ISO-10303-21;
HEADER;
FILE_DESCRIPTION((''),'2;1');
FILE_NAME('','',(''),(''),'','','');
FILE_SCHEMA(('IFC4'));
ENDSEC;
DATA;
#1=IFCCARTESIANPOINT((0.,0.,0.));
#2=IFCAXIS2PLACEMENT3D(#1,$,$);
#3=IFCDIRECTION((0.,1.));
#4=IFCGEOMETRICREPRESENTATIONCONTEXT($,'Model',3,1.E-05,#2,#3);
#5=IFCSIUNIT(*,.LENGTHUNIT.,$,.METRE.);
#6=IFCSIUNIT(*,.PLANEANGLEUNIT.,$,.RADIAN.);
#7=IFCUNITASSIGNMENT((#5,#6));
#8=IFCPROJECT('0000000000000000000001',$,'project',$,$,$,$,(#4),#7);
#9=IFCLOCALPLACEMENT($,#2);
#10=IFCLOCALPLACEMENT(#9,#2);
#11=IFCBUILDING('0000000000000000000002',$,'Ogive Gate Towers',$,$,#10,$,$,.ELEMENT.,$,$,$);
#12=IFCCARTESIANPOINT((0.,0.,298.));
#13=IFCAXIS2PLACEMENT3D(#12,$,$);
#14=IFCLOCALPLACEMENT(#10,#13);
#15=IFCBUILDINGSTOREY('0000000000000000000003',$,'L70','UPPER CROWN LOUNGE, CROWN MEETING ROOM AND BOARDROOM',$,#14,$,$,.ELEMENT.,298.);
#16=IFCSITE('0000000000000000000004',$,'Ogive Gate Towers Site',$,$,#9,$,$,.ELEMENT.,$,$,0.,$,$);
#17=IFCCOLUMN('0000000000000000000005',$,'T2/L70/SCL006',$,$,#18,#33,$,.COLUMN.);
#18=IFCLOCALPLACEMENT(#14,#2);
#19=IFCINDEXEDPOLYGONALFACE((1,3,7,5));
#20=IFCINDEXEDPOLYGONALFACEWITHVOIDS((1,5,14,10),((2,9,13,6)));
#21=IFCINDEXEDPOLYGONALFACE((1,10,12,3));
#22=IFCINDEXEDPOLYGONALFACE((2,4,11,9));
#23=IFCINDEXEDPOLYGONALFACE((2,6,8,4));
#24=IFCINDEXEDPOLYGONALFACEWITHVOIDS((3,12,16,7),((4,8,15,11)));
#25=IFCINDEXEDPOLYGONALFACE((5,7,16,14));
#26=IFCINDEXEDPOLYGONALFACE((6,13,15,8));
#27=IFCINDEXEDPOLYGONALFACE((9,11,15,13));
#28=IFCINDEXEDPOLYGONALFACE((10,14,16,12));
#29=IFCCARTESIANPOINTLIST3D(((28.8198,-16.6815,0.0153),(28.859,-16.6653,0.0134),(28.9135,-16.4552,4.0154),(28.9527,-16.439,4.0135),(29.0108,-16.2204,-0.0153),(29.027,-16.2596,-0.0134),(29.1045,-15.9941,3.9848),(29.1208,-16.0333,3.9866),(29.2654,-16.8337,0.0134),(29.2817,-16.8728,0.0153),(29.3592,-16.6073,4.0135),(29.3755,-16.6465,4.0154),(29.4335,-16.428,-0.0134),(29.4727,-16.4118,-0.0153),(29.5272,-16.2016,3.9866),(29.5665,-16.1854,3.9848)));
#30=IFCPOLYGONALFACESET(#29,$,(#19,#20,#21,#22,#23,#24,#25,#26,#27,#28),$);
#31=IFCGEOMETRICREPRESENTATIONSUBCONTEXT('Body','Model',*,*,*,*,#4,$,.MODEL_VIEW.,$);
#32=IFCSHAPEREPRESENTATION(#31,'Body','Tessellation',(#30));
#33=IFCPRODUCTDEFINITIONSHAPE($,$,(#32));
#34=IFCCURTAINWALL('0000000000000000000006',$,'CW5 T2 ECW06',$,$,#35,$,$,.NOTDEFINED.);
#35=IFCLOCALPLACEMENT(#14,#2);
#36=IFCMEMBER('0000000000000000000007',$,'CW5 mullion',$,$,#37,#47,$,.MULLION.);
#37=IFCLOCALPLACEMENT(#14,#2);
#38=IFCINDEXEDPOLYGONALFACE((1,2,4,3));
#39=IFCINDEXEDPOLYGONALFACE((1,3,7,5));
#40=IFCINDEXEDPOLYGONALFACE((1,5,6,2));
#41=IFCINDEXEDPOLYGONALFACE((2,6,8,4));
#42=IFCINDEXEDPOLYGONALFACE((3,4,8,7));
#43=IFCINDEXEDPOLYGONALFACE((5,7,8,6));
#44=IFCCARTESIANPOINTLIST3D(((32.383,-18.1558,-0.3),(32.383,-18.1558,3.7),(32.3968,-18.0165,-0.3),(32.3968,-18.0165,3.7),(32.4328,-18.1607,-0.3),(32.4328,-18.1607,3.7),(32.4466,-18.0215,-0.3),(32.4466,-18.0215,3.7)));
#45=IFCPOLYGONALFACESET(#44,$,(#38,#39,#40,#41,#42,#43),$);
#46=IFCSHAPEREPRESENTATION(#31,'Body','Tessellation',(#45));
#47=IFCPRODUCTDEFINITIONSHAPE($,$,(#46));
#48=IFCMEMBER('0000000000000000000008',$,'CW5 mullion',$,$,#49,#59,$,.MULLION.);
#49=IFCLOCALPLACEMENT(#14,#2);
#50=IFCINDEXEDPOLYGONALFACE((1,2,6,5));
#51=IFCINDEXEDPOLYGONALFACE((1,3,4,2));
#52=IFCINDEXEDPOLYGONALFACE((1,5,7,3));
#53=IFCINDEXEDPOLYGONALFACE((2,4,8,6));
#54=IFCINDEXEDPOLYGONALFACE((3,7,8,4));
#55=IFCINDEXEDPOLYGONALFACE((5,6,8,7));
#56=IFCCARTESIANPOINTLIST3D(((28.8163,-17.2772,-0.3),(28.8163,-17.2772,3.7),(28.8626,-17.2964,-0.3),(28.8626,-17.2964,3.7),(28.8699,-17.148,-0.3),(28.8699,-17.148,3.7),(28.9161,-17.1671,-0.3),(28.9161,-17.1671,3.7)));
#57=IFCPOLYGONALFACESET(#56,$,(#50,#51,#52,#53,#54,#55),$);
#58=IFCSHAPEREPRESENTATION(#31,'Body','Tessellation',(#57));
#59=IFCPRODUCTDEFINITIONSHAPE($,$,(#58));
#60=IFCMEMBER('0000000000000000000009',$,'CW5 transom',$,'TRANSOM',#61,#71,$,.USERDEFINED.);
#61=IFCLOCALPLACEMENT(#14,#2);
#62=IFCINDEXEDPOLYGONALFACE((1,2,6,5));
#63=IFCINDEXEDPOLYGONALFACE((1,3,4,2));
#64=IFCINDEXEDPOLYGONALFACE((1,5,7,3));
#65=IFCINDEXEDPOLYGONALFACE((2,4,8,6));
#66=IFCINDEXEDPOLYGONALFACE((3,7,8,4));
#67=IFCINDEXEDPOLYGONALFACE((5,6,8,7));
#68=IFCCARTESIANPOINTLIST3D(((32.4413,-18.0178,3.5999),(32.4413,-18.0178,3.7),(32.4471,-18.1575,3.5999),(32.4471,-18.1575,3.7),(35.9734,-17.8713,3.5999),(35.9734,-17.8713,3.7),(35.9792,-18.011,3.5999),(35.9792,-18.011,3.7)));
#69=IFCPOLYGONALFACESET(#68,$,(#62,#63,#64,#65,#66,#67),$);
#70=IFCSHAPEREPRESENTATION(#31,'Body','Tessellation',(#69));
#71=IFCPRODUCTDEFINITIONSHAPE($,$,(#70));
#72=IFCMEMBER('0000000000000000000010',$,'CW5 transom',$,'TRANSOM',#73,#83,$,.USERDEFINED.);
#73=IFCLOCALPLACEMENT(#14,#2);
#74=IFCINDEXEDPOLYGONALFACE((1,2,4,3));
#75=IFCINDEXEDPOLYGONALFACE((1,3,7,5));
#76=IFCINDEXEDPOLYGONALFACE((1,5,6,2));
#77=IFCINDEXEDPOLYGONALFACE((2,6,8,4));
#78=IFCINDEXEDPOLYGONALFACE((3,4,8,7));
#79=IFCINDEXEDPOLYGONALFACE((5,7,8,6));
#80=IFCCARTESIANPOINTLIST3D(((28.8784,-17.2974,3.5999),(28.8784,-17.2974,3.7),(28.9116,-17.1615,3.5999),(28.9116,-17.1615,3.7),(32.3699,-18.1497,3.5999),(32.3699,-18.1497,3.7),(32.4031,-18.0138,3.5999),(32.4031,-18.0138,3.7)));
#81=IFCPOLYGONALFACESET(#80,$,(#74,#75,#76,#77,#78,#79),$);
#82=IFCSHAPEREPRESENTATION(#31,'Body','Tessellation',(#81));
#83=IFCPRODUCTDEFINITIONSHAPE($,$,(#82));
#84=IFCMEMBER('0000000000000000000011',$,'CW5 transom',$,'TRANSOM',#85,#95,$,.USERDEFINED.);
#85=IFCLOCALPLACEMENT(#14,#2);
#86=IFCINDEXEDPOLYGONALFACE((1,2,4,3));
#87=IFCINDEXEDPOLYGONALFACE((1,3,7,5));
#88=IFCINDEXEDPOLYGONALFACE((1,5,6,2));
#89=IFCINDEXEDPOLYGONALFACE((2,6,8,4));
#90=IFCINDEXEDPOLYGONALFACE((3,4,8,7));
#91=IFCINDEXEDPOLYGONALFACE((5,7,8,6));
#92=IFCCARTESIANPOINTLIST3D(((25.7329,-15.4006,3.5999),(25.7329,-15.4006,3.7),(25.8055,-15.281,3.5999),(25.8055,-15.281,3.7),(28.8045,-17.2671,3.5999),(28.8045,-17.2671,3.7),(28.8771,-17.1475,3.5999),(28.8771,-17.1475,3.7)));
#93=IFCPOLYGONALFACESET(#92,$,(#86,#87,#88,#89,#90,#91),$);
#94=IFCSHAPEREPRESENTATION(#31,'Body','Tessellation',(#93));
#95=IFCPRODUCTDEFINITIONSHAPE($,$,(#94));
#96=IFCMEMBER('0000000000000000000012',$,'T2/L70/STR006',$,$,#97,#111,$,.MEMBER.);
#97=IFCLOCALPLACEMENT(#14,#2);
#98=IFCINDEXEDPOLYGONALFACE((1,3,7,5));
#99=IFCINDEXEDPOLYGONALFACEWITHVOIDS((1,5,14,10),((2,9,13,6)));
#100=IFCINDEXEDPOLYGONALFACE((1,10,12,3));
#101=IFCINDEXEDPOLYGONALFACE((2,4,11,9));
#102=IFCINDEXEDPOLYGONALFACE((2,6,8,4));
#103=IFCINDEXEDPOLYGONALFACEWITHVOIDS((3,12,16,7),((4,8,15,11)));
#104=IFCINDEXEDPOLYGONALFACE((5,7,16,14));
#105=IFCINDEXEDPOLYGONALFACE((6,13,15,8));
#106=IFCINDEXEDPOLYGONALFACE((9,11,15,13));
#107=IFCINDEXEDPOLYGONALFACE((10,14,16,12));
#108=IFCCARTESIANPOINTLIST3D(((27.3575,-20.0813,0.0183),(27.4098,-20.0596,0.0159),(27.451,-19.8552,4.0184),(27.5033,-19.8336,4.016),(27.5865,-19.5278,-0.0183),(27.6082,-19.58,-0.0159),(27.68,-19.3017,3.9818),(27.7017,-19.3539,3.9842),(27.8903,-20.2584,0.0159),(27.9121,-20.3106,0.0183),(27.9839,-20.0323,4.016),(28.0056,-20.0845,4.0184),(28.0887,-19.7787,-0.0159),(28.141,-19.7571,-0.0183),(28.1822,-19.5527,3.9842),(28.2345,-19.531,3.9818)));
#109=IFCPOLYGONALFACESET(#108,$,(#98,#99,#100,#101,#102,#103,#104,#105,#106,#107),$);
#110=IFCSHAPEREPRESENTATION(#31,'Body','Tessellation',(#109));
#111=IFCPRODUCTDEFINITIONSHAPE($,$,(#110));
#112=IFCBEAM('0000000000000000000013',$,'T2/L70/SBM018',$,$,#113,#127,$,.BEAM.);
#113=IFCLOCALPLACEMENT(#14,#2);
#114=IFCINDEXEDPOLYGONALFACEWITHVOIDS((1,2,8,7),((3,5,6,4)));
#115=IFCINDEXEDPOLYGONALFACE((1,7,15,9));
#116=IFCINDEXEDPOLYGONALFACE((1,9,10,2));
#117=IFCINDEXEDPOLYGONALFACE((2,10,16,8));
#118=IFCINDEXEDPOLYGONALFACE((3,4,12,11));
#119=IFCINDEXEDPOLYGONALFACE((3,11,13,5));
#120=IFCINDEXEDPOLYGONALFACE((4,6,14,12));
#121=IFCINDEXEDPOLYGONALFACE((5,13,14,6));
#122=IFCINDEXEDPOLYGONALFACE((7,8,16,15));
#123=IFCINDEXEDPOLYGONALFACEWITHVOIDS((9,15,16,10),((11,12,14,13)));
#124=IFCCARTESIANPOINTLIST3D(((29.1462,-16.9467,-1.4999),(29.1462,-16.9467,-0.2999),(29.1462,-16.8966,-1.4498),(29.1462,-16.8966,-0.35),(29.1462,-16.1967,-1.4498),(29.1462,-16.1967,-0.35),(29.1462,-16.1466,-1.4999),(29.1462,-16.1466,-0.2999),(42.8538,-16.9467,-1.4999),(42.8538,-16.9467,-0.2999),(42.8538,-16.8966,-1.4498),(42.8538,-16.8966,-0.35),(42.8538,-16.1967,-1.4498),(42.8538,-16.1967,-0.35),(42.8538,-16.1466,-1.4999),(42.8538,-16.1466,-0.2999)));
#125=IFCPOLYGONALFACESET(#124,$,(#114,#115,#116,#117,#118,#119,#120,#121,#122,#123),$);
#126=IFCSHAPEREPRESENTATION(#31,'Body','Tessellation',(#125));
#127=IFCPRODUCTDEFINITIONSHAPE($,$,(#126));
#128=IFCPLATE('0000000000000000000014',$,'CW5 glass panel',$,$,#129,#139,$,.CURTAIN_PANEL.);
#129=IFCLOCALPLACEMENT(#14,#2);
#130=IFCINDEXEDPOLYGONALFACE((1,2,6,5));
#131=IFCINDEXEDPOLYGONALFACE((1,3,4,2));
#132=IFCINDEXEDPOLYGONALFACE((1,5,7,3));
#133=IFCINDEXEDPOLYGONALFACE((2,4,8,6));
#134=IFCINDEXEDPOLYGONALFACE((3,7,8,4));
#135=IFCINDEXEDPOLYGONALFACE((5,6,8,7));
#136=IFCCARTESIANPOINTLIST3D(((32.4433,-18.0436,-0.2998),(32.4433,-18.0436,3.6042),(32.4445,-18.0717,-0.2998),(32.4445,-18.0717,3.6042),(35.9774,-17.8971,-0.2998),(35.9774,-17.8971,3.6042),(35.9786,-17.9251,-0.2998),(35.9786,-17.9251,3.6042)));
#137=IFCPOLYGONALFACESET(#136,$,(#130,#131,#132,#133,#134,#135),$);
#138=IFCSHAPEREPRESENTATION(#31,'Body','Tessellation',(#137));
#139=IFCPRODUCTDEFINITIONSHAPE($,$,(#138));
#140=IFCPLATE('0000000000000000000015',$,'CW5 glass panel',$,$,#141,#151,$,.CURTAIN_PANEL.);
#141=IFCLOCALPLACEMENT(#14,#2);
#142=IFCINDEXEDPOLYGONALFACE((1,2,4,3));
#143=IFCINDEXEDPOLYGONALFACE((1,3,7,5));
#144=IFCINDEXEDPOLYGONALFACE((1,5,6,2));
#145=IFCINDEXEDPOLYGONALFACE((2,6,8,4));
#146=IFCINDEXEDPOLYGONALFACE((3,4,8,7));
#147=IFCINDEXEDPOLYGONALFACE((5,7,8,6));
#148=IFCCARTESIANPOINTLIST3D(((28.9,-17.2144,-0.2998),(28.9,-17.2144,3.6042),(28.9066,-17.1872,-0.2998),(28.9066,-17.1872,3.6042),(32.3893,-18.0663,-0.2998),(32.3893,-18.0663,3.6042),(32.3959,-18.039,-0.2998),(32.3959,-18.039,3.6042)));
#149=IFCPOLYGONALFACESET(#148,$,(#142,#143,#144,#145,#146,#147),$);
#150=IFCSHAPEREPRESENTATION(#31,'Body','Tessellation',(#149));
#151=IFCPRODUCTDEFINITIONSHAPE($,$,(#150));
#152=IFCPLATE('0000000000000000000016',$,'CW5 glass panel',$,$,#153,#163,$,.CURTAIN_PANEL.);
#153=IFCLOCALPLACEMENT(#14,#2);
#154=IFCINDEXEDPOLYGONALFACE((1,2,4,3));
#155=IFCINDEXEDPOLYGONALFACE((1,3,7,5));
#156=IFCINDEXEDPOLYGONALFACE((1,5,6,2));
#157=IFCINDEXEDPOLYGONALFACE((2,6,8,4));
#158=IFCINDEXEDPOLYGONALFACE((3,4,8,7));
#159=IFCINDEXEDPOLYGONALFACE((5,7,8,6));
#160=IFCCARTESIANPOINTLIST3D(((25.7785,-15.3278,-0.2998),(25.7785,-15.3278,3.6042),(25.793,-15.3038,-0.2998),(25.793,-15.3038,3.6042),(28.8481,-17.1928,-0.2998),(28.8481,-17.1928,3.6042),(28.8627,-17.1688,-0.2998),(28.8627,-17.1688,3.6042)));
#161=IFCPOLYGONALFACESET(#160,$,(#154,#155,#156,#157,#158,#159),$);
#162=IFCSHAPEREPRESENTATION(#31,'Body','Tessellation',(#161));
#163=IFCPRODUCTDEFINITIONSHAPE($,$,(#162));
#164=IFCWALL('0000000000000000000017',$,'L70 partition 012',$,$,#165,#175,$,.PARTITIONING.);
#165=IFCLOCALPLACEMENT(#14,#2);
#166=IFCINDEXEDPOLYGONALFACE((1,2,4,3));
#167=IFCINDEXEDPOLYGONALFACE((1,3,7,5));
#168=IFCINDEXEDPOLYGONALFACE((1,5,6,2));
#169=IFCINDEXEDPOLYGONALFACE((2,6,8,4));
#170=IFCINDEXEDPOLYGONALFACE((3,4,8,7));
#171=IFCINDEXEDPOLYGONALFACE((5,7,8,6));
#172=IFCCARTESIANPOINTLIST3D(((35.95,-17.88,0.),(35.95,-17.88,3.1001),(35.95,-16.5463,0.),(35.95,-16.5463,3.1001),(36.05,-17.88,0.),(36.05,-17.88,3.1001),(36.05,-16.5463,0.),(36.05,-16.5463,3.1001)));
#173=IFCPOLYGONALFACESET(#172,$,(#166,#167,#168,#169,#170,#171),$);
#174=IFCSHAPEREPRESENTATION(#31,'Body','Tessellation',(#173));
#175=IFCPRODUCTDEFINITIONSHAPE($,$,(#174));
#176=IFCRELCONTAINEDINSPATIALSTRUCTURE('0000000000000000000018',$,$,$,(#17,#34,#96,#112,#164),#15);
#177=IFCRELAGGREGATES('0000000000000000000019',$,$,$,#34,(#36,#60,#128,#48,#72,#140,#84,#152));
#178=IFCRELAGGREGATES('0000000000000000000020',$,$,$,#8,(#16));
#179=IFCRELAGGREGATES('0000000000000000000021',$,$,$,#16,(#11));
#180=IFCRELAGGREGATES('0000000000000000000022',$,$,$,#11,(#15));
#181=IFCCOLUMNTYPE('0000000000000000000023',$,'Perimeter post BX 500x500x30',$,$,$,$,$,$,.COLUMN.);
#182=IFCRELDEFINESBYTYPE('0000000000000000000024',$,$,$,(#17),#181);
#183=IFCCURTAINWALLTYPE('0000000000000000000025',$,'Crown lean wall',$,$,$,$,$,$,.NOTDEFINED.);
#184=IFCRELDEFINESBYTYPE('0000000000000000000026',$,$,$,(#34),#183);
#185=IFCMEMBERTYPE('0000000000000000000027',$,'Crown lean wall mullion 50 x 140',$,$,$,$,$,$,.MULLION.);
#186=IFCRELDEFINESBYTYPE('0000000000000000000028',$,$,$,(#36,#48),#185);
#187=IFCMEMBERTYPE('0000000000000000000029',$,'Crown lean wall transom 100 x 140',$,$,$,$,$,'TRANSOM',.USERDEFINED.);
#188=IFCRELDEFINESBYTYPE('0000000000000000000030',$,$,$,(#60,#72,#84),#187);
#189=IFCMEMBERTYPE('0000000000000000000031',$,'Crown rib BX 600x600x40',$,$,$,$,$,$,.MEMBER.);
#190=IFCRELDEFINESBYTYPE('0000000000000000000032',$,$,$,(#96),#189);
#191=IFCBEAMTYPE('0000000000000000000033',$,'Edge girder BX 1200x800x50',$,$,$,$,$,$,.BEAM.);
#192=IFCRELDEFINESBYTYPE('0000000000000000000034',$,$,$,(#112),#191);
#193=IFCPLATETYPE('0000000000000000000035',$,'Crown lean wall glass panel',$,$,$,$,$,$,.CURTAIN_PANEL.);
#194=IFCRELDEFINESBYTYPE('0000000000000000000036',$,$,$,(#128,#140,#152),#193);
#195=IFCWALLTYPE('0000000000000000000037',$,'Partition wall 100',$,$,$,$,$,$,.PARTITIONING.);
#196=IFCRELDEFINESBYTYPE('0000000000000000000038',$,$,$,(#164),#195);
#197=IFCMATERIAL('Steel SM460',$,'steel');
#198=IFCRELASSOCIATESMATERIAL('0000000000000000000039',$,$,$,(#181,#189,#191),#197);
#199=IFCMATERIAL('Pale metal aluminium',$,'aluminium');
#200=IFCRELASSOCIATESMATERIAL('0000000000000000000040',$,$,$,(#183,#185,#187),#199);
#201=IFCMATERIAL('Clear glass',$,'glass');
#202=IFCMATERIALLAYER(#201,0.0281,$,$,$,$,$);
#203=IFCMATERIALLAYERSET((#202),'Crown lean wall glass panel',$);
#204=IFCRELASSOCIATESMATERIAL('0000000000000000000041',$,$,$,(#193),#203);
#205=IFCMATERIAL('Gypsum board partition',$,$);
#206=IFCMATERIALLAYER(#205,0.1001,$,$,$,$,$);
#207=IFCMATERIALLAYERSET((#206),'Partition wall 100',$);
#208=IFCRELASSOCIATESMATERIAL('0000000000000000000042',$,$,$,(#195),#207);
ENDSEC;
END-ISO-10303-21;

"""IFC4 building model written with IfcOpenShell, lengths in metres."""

from ifc_helpers import new_model, si_unit, direction, frame, frame_2d, origin, origin_2d, place, context, subcontext, project, spatial, rectangle, hollow_rectangle, extrude, material, layer, layer_set, material_profile, profile_set, type_object, element, aggregate, save


model = new_model("IFC4")

# Units and contexts
model_context = context("Model", 3, precision=1e-05, world=origin(), true_north=direction((0.0, 1.0)))
body_context = subcontext(model_context, "Body", "Model", "MODEL_VIEW")
ifc_project = project(units=[si_unit("LENGTHUNIT", "METRE"), si_unit("PLANEANGLEUNIT", "RADIAN")], contexts=[model_context])

# Site, building, storey
site_placement = place(None, origin())
site = spatial("IfcSite", under=ifc_project, at=site_placement, Name="Ogive Gate Towers Site", CompositionType="ELEMENT", RefElevation=0.0)
building_placement = place(site_placement, origin())
building = spatial("IfcBuilding", under=site, at=building_placement, Name="Ogive Gate Towers", CompositionType="ELEMENT")
storey_placement = place(building_placement, frame((0.0, 0.0, 298.0)))
storey = spatial("IfcBuildingStorey", under=building, at=storey_placement, Name="L70", Description="UPPER CROWN LOUNGE, CROWN MEETING ROOM AND BOARDROOM", CompositionType="ELEMENT", Elevation=298.0)

# Column
ifc_material_1 = material(Name="Steel SM460", Category="steel")
ifc_material_profile_1 = material_profile(ifc_material_1, hollow_rectangle(XDim=0.5, YDim=0.5, WallThickness=0.03, at=origin_2d()), Name="BX 500x500x30")
ifc_profile_set_1 = profile_set([ifc_material_profile_1], Name="Steel SM460")
column_type = type_object("IfcColumnType", Name="Perimeter post BX 500x500x30", PredefinedType="COLUMN", material=ifc_profile_set_1)
column_placement = place(storey_placement, frame((29.1462, -16.5466, 0.0), z_axis=(0.023394, 0.056474, 0.99813), x_axis=(-0.923871, 0.382704, 0.0)))
element("IfcColumn", 1, at=column_placement, inside=storey, type_object=column_type, Name="T2/L70/SCL006", PredefinedType="COLUMN", context=body_context, shape_type="SweptSolid", body=[
    extrude(hollow_rectangle(XDim=0.5, YDim=0.5, WallThickness=0.03, at=origin_2d()), origin(), (0.0, 0.0, 1.0), 4.0076),
])

# Curtain wall, members
ifc_material_2 = material(Name="Pale metal aluminium", Category="aluminium")
curtain_wall_type = type_object("IfcCurtainWallType", Name="Crown lean wall", PredefinedType="NOTDEFINED", material=ifc_material_2)
curtain_wall_placement = place(storey_placement, origin())
curtain_wall = element("IfcCurtainWall", 2, at=curtain_wall_placement, inside=storey, type_object=curtain_wall_type, Name="CW5 T2 ECW06", PredefinedType="NOTDEFINED")
ifc_material_profile_2 = material_profile(ifc_material_2, rectangle(XDim=0.1399, YDim=0.05, at=origin_2d()), Name="50 x 140 aluminium box")
ifc_profile_set_2 = profile_set([ifc_material_profile_2], Name="Pale metal aluminium")
member_type_1 = type_object("IfcMemberType", Name="Crown lean wall mullion 50 x 140", PredefinedType="MULLION", material=ifc_profile_set_2)
member_1_placement = place(storey_placement, frame((32.4148, -18.0886, -0.3), z_axis=(0.0, 0.0, 1.0), x_axis=(0.098833, 0.995104, 0.0)))
member_1 = element("IfcMember", 3, at=member_1_placement, type_object=member_type_1, Name="CW5 mullion", PredefinedType="MULLION", context=body_context, shape_type="SweptSolid", body=[
    extrude(rectangle(XDim=0.1399, YDim=0.05, at=origin_2d()), origin(), (0.0, 0.0, 1.0), 4.0),
])
member_2_placement = place(storey_placement, frame((28.8662, -17.2222, -0.3), z_axis=(0.0, 0.0, 1.0), x_axis=(0.382683, 0.92388, 0.0)))
member_2 = element("IfcMember", 4, at=member_2_placement, type_object=member_type_1, Name="CW5 mullion", PredefinedType="MULLION", context=body_context, shape_type="SweptSolid", body=[
    extrude(rectangle(XDim=0.1399, YDim=0.05, at=origin_2d()), origin(), (0.0, 0.0, 1.0), 4.0),
])
ifc_material_profile_3 = material_profile(ifc_material_2, rectangle(XDim=0.1399, YDim=0.1001, at=origin_2d()), Name="100 x 140 aluminium box")
ifc_profile_set_3 = profile_set([ifc_material_profile_3], Name="Pale metal aluminium")
member_type_2 = type_object("IfcMemberType", Name="Crown lean wall transom 100 x 140", ElementType="TRANSOM", PredefinedType="USERDEFINED", material=ifc_profile_set_3)
member_3_placement = place(storey_placement, frame((35.9763, -17.9412, 3.6499), z_axis=(-0.999141, -0.041435, 0.0), x_axis=(0.041435, -0.999141, 0.0)))
member_3 = element("IfcMember", 5, at=member_3_placement, type_object=member_type_2, Name="CW5 transom", ObjectType="TRANSOM", PredefinedType="USERDEFINED", context=body_context, shape_type="SweptSolid", body=[
    extrude(rectangle(XDim=0.1399, YDim=0.1001, at=origin_2d()), origin(), (0.0, 0.0, 1.0), 3.5352),
])
member_4_placement = place(storey_placement, frame((32.3865, -18.0818, 3.6499), z_axis=(-0.971474, 0.237145, 0.0), x_axis=(-0.237145, -0.971474, 0.0)))
member_4 = element("IfcMember", 6, at=member_4_placement, type_object=member_type_2, Name="CW5 transom", ObjectType="TRANSOM", PredefinedType="USERDEFINED", context=body_context, shape_type="SweptSolid", body=[
    extrude(rectangle(XDim=0.1399, YDim=0.1001, at=origin_2d()), origin(), (0.0, 0.0, 1.0), 3.594),
])
member_5_placement = place(storey_placement, frame((28.8408, -17.2073, 3.6499), z_axis=(-0.854591, 0.519302, 0.0), x_axis=(-0.519302, -0.854591, 0.0)))
member_5 = element("IfcMember", 7, at=member_5_placement, type_object=member_type_2, Name="CW5 transom", ObjectType="TRANSOM", PredefinedType="USERDEFINED", context=body_context, shape_type="SweptSolid", body=[
    extrude(rectangle(XDim=0.1399, YDim=0.1001, at=origin_2d()), origin(), (0.0, 0.0, 1.0), 3.5942),
])

# Member
ifc_material_profile_4 = material_profile(ifc_material_1, hollow_rectangle(XDim=0.6001, YDim=0.6001, WallThickness=0.04, at=origin_2d()), Name="BX 600x600x40")
ifc_profile_set_4 = profile_set([ifc_material_profile_4], Name="Steel SM460")
member_type_3 = type_object("IfcMemberType", Name="Crown rib BX 600x600x40", PredefinedType="MEMBER", material=ifc_profile_set_4)
member_6_placement = place(storey_placement, frame((27.7493, -19.9192, 0.0), z_axis=(0.023333, 0.056413, 0.998135), x_axis=(-0.924078, 0.382205, 0.0)))
element("IfcMember", 8, at=member_6_placement, inside=storey, type_object=member_type_3, Name="T2/L70/STR006", PredefinedType="MEMBER", context=body_context, shape_type="SweptSolid", body=[
    extrude(hollow_rectangle(XDim=0.6001, YDim=0.6001, WallThickness=0.04, at=origin_2d()), origin(), (0.0, 0.0, 1.0), 4.0076),
])

# Beam
ifc_material_profile_5 = material_profile(ifc_material_1, hollow_rectangle(XDim=0.8, YDim=1.2, WallThickness=0.05, at=origin_2d()), Name="BX 1200x800x50")
ifc_profile_set_5 = profile_set([ifc_material_profile_5], Name="Steel SM460")
beam_type = type_object("IfcBeamType", Name="Edge girder BX 1200x800x50", PredefinedType="BEAM", material=ifc_profile_set_5)
beam_placement = place(storey_placement, frame((29.1462, -16.5466, -0.8999), z_axis=(1.0, 0.0, 0.0), x_axis=(0.0, 1.0, 0.0)))
element("IfcBeam", 9, at=beam_placement, inside=storey, type_object=beam_type, Name="T2/L70/SBM018", PredefinedType="BEAM", context=body_context, shape_type="SweptSolid", body=[
    extrude(hollow_rectangle(XDim=0.8, YDim=1.2, WallThickness=0.05, at=origin_2d()), origin(), (0.0, 0.0, 1.0), 13.7075),
])

# Plates
ifc_material_3 = material(Name="Clear glass", Category="glass")
ifc_layer_1 = layer(ifc_material_3, 0.0281)
ifc_layer_set_1 = layer_set([ifc_layer_1], Name="Crown lean wall glass panel")
plate_type = type_object("IfcPlateType", Name="Crown lean wall glass panel", PredefinedType="CURTAIN_PANEL", material=ifc_layer_set_1)
plate_1_placement = place(storey_placement, frame((34.2109, -17.9844, -0.2998), z_axis=(0.0, 0.0, 1.0), x_axis=(-0.999141, -0.04144, 0.0)))
plate_1 = element("IfcPlate", 10, at=plate_1_placement, type_object=plate_type, Name="CW5 glass panel", PredefinedType="CURTAIN_PANEL", context=body_context, shape_type="SweptSolid", body=[
    extrude(rectangle(XDim=3.5371, YDim=0.0281, at=origin_2d()), origin(), (0.0, 0.0, 1.0), 3.9041),
])
plate_2_placement = place(storey_placement, frame((30.6479, -17.6267, -0.2998), z_axis=(0.0, 0.0, 1.0), x_axis=(-0.971471, 0.23716, 0.0)))
plate_2 = element("IfcPlate", 11, at=plate_2_placement, type_object=plate_type, Name="CW5 glass panel", PredefinedType="CURTAIN_PANEL", context=body_context, shape_type="SweptSolid", body=[
    extrude(rectangle(XDim=3.5918, YDim=0.0281, at=origin_2d()), origin(), (0.0, 0.0, 1.0), 3.9041),
])
plate_3_placement = place(storey_placement, frame((27.3206, -16.2483, -0.2998), z_axis=(0.0, 0.0, 1.0), x_axis=(-0.854622, 0.519251, 0.0)))
plate_3 = element("IfcPlate", 12, at=plate_3_placement, type_object=plate_type, Name="CW5 glass panel", PredefinedType="CURTAIN_PANEL", context=body_context, shape_type="SweptSolid", body=[
    extrude(rectangle(XDim=3.5918, YDim=0.0281, at=origin_2d()), origin(), (0.0, 0.0, 1.0), 3.9041),
])
aggregate(curtain_wall, [member_1, member_3, plate_1, member_2, member_4, plate_2, member_5, plate_3])

# Wall
ifc_material_4 = material(Name="Gypsum board partition")
ifc_layer_2 = layer(ifc_material_4, 0.1001)
ifc_layer_set_2 = layer_set([ifc_layer_2], Name="Partition wall 100")
wall_type = type_object("IfcWallType", Name="Partition wall 100", PredefinedType="PARTITIONING", material=ifc_layer_set_2)
wall_placement = place(storey_placement, frame((36.0, -17.8801, 0.0), z_axis=(0.0, 0.0, 1.0), x_axis=(0.0, 1.0, 0.0)))
element("IfcWall", 13, at=wall_placement, inside=storey, type_object=wall_type, Name="L70 partition 012", PredefinedType="PARTITIONING", context=body_context, shape_type="SweptSolid", body=[
    extrude(rectangle(XDim=1.3337, YDim=0.1001, at=frame_2d((0.667, 0.0))), origin(), (0.0, 0.0, 1.0), 3.1001),
])

save(model, "model.ifc")
